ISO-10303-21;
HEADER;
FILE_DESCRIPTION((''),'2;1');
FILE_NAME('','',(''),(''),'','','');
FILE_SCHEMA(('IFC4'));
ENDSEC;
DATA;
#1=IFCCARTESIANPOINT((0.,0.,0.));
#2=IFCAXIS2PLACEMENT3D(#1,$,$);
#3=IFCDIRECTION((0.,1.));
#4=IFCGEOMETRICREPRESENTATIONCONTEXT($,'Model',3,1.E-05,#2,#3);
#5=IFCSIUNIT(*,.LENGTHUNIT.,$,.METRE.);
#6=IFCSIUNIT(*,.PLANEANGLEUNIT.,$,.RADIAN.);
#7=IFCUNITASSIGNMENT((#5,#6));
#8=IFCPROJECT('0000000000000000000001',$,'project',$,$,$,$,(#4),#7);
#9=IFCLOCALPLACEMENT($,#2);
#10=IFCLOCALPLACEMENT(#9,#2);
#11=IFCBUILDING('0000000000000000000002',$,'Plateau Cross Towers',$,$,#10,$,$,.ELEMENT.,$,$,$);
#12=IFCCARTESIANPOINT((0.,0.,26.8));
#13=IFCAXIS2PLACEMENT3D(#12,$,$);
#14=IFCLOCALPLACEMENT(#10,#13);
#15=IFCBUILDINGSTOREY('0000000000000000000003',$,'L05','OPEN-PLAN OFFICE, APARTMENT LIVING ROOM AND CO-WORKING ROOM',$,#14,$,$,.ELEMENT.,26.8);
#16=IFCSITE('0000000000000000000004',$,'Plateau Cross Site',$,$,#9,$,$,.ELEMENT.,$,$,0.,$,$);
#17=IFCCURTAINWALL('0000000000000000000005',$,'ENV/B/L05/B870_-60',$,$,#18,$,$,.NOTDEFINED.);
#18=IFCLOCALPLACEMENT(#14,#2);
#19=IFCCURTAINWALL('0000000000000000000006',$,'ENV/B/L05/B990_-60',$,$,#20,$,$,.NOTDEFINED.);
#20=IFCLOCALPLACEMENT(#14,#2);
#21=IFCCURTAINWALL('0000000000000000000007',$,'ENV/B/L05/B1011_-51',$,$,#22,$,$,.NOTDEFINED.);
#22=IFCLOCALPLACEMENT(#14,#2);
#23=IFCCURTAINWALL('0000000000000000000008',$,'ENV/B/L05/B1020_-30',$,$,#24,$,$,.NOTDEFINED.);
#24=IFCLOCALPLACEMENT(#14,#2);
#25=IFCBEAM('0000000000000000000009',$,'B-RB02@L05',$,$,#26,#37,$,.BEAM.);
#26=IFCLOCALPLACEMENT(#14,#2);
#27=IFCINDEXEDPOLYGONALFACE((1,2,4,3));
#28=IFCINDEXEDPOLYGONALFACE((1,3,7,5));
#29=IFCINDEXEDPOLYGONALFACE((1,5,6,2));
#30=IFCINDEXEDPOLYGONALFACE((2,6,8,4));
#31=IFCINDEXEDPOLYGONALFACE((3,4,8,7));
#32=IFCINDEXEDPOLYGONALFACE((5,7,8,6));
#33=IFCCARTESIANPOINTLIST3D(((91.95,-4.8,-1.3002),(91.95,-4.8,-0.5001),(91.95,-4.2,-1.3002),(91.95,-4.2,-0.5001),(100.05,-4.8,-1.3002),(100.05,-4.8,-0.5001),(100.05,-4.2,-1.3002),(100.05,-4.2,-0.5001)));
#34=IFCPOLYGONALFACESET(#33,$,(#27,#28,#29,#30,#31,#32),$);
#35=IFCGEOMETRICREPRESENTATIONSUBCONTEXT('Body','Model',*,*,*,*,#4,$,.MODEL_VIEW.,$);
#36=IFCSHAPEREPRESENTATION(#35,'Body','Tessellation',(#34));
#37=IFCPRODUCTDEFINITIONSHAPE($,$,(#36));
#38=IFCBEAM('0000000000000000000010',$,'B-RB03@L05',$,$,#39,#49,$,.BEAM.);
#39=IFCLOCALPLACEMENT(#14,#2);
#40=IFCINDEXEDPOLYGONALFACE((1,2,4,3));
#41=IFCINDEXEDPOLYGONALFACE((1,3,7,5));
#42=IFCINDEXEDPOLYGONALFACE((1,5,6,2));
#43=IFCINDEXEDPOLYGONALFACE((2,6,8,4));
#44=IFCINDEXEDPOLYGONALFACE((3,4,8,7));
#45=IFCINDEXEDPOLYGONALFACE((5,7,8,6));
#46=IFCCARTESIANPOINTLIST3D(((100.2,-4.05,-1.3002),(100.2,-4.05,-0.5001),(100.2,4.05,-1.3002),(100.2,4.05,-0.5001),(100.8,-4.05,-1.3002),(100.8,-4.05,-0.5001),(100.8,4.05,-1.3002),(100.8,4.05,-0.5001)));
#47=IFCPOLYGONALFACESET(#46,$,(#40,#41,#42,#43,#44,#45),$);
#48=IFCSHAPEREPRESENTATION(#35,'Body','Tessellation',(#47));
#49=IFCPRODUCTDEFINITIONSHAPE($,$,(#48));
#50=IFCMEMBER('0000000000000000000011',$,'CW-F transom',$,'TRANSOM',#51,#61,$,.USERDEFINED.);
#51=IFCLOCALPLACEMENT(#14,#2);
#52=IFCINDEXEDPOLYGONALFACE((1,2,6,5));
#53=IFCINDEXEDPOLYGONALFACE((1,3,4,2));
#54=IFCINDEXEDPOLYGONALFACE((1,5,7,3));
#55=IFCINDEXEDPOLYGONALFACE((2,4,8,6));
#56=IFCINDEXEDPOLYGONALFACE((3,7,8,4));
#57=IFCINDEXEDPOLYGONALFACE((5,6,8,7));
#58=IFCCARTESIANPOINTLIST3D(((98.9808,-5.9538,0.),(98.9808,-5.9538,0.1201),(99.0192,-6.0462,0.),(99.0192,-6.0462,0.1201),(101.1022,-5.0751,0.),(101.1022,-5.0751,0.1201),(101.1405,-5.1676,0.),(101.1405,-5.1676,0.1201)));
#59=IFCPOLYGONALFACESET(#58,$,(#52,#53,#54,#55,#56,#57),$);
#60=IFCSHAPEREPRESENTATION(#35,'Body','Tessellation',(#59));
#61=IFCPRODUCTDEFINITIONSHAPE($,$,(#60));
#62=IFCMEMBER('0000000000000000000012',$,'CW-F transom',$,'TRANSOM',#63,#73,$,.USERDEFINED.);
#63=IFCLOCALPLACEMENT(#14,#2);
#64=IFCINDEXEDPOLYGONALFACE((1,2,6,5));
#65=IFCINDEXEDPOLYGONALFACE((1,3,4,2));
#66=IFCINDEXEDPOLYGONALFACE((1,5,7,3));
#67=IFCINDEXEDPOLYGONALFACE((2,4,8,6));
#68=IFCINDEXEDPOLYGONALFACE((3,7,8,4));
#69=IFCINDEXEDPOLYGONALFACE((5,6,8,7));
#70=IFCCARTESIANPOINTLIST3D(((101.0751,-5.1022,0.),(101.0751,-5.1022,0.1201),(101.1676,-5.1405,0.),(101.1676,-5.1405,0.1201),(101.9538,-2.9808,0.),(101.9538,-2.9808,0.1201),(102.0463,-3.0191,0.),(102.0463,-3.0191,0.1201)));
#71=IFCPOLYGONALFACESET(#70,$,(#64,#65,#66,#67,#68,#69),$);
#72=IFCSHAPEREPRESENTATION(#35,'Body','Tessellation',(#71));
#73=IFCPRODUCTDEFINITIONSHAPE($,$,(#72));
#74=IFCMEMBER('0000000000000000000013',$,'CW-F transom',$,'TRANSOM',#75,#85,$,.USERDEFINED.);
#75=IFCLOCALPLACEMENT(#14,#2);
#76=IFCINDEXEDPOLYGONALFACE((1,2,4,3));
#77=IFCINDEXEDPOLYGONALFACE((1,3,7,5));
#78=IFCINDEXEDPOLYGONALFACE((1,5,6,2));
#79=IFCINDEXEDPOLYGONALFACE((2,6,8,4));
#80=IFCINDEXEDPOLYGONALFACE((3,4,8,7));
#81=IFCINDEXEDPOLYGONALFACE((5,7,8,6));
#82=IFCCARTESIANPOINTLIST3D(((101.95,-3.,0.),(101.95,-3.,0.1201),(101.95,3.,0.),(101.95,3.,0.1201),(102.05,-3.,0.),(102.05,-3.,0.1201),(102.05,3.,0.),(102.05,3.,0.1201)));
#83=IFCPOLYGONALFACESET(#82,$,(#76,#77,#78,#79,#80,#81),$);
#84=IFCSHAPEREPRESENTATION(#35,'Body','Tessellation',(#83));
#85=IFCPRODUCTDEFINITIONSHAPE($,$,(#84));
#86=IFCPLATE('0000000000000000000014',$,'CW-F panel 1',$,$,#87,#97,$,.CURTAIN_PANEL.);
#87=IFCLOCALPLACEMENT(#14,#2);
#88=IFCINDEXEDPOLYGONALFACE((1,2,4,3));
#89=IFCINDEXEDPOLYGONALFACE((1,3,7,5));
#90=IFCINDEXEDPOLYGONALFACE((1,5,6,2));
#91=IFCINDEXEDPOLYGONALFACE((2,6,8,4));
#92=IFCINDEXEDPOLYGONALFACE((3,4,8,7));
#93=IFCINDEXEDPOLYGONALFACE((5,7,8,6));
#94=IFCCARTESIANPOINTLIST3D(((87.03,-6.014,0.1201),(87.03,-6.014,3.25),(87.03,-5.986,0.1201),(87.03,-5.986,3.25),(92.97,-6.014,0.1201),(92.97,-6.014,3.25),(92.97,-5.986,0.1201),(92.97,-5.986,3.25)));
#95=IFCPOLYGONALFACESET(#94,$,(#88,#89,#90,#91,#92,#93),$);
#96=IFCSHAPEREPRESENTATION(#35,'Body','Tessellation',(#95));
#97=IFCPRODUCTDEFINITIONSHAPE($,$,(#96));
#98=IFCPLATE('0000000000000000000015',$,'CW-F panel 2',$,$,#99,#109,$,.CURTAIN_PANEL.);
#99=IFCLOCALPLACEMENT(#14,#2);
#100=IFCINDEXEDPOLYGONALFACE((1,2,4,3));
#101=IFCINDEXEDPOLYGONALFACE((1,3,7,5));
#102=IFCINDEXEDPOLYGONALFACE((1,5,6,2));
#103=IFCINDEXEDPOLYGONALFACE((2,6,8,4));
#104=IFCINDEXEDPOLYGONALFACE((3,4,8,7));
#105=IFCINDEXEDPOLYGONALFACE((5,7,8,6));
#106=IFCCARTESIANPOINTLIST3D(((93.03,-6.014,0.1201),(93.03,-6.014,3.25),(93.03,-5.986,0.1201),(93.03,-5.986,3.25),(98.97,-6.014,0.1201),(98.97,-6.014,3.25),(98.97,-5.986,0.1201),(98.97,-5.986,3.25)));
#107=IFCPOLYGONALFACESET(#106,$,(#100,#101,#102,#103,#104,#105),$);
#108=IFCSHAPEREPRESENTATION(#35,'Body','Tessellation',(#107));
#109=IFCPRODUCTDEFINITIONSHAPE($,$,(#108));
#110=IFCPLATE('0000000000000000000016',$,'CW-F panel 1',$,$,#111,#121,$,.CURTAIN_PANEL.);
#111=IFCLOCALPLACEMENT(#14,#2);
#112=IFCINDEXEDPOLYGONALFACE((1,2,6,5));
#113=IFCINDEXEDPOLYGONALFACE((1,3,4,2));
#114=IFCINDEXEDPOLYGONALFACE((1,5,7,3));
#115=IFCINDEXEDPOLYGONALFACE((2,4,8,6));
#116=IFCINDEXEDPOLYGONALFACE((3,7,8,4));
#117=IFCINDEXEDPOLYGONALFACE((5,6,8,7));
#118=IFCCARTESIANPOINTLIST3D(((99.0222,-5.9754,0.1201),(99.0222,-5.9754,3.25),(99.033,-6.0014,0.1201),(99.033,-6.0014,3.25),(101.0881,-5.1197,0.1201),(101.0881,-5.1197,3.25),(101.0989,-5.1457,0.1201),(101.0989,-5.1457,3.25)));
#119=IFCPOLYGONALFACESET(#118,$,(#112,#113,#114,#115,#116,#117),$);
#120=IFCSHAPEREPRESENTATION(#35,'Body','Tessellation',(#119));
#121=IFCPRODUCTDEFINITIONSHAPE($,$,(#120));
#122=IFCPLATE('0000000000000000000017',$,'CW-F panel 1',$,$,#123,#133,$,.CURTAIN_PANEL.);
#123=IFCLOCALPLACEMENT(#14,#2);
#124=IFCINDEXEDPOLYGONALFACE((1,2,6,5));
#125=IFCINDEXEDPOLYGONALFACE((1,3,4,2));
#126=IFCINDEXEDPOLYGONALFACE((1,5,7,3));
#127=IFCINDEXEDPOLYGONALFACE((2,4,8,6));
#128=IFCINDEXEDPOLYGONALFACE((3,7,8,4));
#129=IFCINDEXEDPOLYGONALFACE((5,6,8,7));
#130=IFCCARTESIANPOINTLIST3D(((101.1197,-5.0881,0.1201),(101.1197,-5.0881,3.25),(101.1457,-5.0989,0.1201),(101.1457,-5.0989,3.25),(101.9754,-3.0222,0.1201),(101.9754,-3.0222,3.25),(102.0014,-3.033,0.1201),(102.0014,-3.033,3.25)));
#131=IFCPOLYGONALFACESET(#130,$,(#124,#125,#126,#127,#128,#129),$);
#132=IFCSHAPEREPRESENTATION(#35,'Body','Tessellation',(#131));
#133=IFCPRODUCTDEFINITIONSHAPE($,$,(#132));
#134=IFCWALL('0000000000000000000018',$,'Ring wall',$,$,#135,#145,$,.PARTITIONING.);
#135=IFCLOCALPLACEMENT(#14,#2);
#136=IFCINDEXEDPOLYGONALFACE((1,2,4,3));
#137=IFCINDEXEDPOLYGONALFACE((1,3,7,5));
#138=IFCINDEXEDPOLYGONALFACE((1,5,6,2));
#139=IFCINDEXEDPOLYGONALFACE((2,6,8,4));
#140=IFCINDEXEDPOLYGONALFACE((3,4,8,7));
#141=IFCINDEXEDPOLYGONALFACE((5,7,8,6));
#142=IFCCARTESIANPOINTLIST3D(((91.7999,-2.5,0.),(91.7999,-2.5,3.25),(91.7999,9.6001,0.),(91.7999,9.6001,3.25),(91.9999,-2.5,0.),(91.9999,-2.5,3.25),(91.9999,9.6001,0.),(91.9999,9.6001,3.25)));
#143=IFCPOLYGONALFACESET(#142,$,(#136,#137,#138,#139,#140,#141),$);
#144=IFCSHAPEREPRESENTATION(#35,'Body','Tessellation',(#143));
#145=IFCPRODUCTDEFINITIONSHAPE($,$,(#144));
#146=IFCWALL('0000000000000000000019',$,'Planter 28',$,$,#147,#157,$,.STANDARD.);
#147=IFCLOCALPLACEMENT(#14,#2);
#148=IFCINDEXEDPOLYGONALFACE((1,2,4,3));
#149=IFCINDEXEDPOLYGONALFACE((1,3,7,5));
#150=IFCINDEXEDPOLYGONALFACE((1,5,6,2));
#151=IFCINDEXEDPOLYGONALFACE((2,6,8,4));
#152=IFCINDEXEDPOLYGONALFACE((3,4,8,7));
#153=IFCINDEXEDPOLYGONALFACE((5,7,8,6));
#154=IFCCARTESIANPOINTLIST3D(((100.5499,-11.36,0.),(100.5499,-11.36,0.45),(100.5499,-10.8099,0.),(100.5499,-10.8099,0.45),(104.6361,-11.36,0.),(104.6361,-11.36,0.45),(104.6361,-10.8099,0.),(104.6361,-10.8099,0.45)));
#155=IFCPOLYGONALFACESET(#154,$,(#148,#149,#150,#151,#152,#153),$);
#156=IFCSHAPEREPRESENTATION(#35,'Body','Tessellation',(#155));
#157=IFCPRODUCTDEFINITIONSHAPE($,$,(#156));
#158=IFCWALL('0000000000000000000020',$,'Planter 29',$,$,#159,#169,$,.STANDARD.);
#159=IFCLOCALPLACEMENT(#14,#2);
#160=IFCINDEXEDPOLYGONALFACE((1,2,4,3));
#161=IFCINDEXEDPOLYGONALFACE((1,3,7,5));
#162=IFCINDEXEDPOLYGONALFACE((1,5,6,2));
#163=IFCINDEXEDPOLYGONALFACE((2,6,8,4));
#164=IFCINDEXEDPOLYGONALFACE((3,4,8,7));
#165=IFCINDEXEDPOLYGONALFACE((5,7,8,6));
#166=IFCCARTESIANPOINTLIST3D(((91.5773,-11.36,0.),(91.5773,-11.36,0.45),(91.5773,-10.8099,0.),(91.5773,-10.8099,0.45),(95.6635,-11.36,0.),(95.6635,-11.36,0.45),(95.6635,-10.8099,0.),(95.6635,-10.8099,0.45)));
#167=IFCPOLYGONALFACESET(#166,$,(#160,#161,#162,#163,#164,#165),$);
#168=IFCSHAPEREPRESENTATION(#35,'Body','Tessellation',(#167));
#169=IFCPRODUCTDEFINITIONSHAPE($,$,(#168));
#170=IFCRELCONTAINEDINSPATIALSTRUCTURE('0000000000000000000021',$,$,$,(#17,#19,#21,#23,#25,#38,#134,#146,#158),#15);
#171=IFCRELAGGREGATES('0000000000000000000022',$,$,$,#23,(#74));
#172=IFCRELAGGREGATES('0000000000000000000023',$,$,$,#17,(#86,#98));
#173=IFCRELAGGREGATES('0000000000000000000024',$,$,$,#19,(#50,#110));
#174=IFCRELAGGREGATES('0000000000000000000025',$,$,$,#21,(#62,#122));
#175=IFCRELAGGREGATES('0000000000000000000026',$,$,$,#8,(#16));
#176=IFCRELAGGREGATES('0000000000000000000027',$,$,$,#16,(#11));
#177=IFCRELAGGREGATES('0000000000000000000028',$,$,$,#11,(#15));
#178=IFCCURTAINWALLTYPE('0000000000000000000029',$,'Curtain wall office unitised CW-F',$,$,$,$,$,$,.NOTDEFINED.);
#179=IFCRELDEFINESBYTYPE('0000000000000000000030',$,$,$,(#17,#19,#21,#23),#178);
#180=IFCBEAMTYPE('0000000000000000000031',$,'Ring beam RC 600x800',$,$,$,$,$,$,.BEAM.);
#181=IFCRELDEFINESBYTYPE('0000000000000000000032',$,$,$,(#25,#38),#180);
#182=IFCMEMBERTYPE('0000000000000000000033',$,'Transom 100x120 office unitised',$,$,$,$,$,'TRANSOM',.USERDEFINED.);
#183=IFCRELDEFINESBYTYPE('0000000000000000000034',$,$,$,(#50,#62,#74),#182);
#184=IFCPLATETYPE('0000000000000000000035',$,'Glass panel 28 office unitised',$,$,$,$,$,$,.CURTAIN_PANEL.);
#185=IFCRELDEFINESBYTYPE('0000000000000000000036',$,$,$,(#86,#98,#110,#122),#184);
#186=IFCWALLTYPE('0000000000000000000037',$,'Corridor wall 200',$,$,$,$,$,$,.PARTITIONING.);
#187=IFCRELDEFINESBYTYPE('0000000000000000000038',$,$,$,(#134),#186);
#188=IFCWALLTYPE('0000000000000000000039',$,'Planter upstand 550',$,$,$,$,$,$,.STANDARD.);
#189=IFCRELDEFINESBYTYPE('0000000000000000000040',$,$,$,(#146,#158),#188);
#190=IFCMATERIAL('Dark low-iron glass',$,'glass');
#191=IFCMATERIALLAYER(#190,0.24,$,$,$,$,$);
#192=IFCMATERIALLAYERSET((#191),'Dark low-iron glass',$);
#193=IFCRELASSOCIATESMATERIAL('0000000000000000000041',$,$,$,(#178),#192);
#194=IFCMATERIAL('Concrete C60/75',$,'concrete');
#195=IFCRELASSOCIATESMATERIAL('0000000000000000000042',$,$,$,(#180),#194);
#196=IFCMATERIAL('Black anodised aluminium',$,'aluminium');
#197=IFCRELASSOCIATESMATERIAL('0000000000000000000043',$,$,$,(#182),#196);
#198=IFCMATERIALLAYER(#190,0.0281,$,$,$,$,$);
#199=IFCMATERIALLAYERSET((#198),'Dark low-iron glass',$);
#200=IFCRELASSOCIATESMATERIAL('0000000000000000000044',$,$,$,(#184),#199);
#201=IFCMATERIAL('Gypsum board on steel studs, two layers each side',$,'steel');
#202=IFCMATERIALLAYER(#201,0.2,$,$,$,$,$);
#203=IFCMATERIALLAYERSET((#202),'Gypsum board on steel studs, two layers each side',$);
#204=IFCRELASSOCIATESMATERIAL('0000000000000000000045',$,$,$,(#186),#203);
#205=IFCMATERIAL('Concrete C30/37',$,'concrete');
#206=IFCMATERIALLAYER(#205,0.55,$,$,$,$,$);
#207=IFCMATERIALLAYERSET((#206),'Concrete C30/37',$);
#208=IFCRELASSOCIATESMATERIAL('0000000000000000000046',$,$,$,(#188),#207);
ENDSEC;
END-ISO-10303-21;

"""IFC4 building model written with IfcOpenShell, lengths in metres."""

from ifc_helpers import new_model, si_unit, direction, frame, frame_2d, origin, origin_2d, place, context, subcontext, project, spatial, rectangle, extrude, material, layer, layer_set, material_profile, profile_set, type_object, element, aggregate, save


model = new_model("IFC4")

# Units and contexts
model_context = context("Model", 3, precision=1e-05, world=origin(), true_north=direction((0.0, 1.0)))
body_context = subcontext(model_context, "Body", "Model", "MODEL_VIEW")
ifc_project = project(units=[si_unit("LENGTHUNIT", "METRE"), si_unit("PLANEANGLEUNIT", "RADIAN")], contexts=[model_context])

# Site, building, storey
site_placement = place(None, origin())
site = spatial("IfcSite", under=ifc_project, at=site_placement, Name="Plateau Cross Site", CompositionType="ELEMENT", RefElevation=0.0)
building_placement = place(site_placement, origin())
building = spatial("IfcBuilding", under=site, at=building_placement, Name="Plateau Cross Towers", CompositionType="ELEMENT")
storey_placement = place(building_placement, frame((0.0, 0.0, 26.8)))
storey = spatial("IfcBuildingStorey", under=building, at=storey_placement, Name="L05", Description="OPEN-PLAN OFFICE, APARTMENT LIVING ROOM AND CO-WORKING ROOM", CompositionType="ELEMENT", Elevation=26.8)

# Shared definitions
ifc_material_1 = material(Name="Concrete C60/75", Category="concrete")

# Curtain walls
ifc_material_2 = material(Name="Dark low-iron glass", Category="glass")
ifc_layer_1 = layer(ifc_material_2, 0.24)
ifc_layer_set_1 = layer_set([ifc_layer_1], Name="Dark low-iron glass")
curtain_wall_type = type_object("IfcCurtainWallType", Name="Curtain wall office unitised CW-F", PredefinedType="NOTDEFINED", material=ifc_layer_set_1)
curtain_wall_1_placement = place(storey_placement, origin())
curtain_wall_1 = element("IfcCurtainWall", 1, at=curtain_wall_1_placement, inside=storey, type_object=curtain_wall_type, Name="ENV/B/L05/B870_-60", PredefinedType="NOTDEFINED")
ifc_material_3 = material(Name="Black anodised aluminium", Category="aluminium")
curtain_wall_2_placement = place(storey_placement, origin())
curtain_wall_2 = element("IfcCurtainWall", 2, at=curtain_wall_2_placement, inside=storey, type_object=curtain_wall_type, Name="ENV/B/L05/B990_-60", PredefinedType="NOTDEFINED")
curtain_wall_3_placement = place(storey_placement, origin())
curtain_wall_3 = element("IfcCurtainWall", 3, at=curtain_wall_3_placement, inside=storey, type_object=curtain_wall_type, Name="ENV/B/L05/B1011_-51", PredefinedType="NOTDEFINED")
curtain_wall_4_placement = place(storey_placement, origin())
curtain_wall_4 = element("IfcCurtainWall", 4, at=curtain_wall_4_placement, inside=storey, type_object=curtain_wall_type, Name="ENV/B/L05/B1020_-30", PredefinedType="NOTDEFINED")

# Beams
ifc_material_profile_1 = material_profile(ifc_material_1, rectangle(XDim=0.6001, YDim=0.8, at=origin_2d()), Name="RC 600x800")
ifc_profile_set_1 = profile_set([ifc_material_profile_1], Name="Concrete C60/75")
beam_type = type_object("IfcBeamType", Name="Ring beam RC 600x800", PredefinedType="BEAM", material=ifc_profile_set_1)
for number, where, z_axis, x_axis, name in (
    (5, (91.95, -4.5, -0.9001), (1.0, 0.0, 0.0), (0.0, 1.0, 0.0), "B-RB02@L05"),
    (6, (100.5, -4.05, -0.9001), (0.0, 1.0, 0.0), (-1.0, 0.0, 0.0), "B-RB03@L05"),
):
    element("IfcBeam", number, at=place(storey_placement, frame(where, z_axis=z_axis, x_axis=x_axis)), inside=storey, type_object=beam_type, Name=name, PredefinedType="BEAM", context=body_context, shape_type="SweptSolid", body=[
        extrude(rectangle(XDim=0.6001, YDim=0.8, at=origin_2d()), origin(), (0.0, 0.0, 1.0), 8.1001),
    ])

# Members
ifc_material_profile_2 = material_profile(ifc_material_3, rectangle(XDim=0.1001, YDim=0.1201, at=origin_2d()), Name="TRANSOM 100x120")
ifc_profile_set_2 = profile_set([ifc_material_profile_2], Name="Black anodised aluminium")
member_type_1 = type_object("IfcMemberType", Name="Transom 100x120 office unitised", ElementType="TRANSOM", PredefinedType="USERDEFINED", material=ifc_profile_set_2)
member_1_placement = place(storey_placement, frame((99.0, -6.0, 0.0601), z_axis=(0.923883, 0.382674, 0.0), x_axis=(-0.382674, 0.923883, 0.0)))
member_1 = element("IfcMember", 7, at=member_1_placement, type_object=member_type_1, Name="CW-F transom", ObjectType="TRANSOM", PredefinedType="USERDEFINED", context=body_context, shape_type="SweptSolid", body=[
    extrude(rectangle(XDim=0.1001, YDim=0.1201, at=origin_2d()), origin(), (0.0, 0.0, 1.0), 2.2961),
])
member_2_placement = place(storey_placement, frame((101.1213, -5.1213, 0.0601), z_axis=(0.382674, 0.923883, 0.0), x_axis=(-0.923883, 0.382674, 0.0)))
member_2 = element("IfcMember", 8, at=member_2_placement, type_object=member_type_1, Name="CW-F transom", ObjectType="TRANSOM", PredefinedType="USERDEFINED", context=body_context, shape_type="SweptSolid", body=[
    extrude(rectangle(XDim=0.1001, YDim=0.1201, at=origin_2d()), origin(), (0.0, 0.0, 1.0), 2.2961),
])
member_3_placement = place(storey_placement, frame((102.0, -3.0, 0.0601), z_axis=(0.0, 1.0, 0.0), x_axis=(-1.0, 0.0, 0.0)))
member_3 = element("IfcMember", 9, at=member_3_placement, type_object=member_type_1, Name="CW-F transom", ObjectType="TRANSOM", PredefinedType="USERDEFINED", context=body_context, shape_type="SweptSolid", body=[
    extrude(rectangle(XDim=0.1001, YDim=0.1201, at=origin_2d()), origin(), (0.0, 0.0, 1.0), 6.0),
])
aggregate(curtain_wall_4, [member_3])

# Plates
ifc_layer_2 = layer(ifc_material_2, 0.0281)
ifc_layer_set_2 = layer_set([ifc_layer_2], Name="Dark low-iron glass")
plate_type = type_object("IfcPlateType", Name="Glass panel 28 office unitised", PredefinedType="CURTAIN_PANEL", material=ifc_layer_set_2)
plate_1_placement = place(storey_placement, frame((90.0, -6.0, 0.1201), z_axis=(0.0, 0.0, 1.0), x_axis=(1.0, 0.0, 0.0)))
plate_1 = element("IfcPlate", 10, at=plate_1_placement, type_object=plate_type, Name="CW-F panel 1", PredefinedType="CURTAIN_PANEL", context=body_context, shape_type="SweptSolid", body=[
    extrude(rectangle(XDim=5.9399, YDim=0.0281, at=origin_2d()), origin(), (0.0, 0.0, 1.0), 3.1299),
])
plate_2_placement = place(storey_placement, frame((96.0, -6.0, 0.1201), z_axis=(0.0, 0.0, 1.0), x_axis=(1.0, 0.0, 0.0)))
plate_2 = element("IfcPlate", 11, at=plate_2_placement, type_object=plate_type, Name="CW-F panel 2", PredefinedType="CURTAIN_PANEL", context=body_context, shape_type="SweptSolid", body=[
    extrude(rectangle(XDim=5.9399, YDim=0.0281, at=origin_2d()), origin(), (0.0, 0.0, 1.0), 3.1299),
])
aggregate(curtain_wall_1, [plate_1, plate_2])
plate_3_placement = place(storey_placement, frame((100.0605, -5.5605, 0.1201), z_axis=(0.0, 0.0, 1.0), x_axis=(0.923879, 0.382684, 0.0)))
plate_3 = element("IfcPlate", 12, at=plate_3_placement, type_object=plate_type, Name="CW-F panel 1", PredefinedType="CURTAIN_PANEL", context=body_context, shape_type="SweptSolid", body=[
    extrude(rectangle(XDim=2.2361, YDim=0.0281, at=origin_2d()), origin(), (0.0, 0.0, 1.0), 3.1299),
])
aggregate(curtain_wall_2, [member_1, plate_3])
plate_4_placement = place(storey_placement, frame((101.5605, -4.0605, 0.1201), z_axis=(0.0, 0.0, 1.0), x_axis=(0.382684, 0.923879, 0.0)))
plate_4 = element("IfcPlate", 13, at=plate_4_placement, type_object=plate_type, Name="CW-F panel 1", PredefinedType="CURTAIN_PANEL", context=body_context, shape_type="SweptSolid", body=[
    extrude(rectangle(XDim=2.2361, YDim=0.0281, at=origin_2d()), origin(), (0.0, 0.0, 1.0), 3.1299),
])
aggregate(curtain_wall_3, [member_2, plate_4])

# Wall
ifc_material_4 = material(Name="Gypsum board on steel studs, two layers each side", Category="steel")
ifc_layer_3 = layer(ifc_material_4, 0.2)
ifc_layer_set_3 = layer_set([ifc_layer_3], Name="Gypsum board on steel studs, two layers each side")
wall_type_1 = type_object("IfcWallType", Name="Corridor wall 200", PredefinedType="PARTITIONING", material=ifc_layer_set_3)
wall_1_placement = place(storey_placement, frame((91.8999, -2.5, 0.0), z_axis=(0.0, 0.0, 1.0), x_axis=(0.0, 1.0, 0.0)))
element("IfcWall", 14, at=wall_1_placement, inside=storey, type_object=wall_type_1, Name="Ring wall", PredefinedType="PARTITIONING", context=body_context, shape_type="SweptSolid", body=[
    extrude(rectangle(XDim=12.1001, YDim=0.2, at=frame_2d((6.05, 0.0))), origin(), (0.0, 0.0, 1.0), 3.25),
])

# Walls
ifc_material_5 = material(Name="Concrete C30/37", Category="concrete")
ifc_layer_4 = layer(ifc_material_5, 0.55)
ifc_layer_set_4 = layer_set([ifc_layer_4], Name="Concrete C30/37")
wall_type_2 = type_object("IfcWallType", Name="Planter upstand 550", PredefinedType="STANDARD", material=ifc_layer_set_4)
for number, where, z_axis, x_axis, name in (
    (15, (104.636, -11.085, 0.0), (0.0, 0.0, 1.0), (-1.0, 0.0, 0.0), "Planter 28"),
    (16, (95.6633, -11.085, 0.0), (0.0, 0.0, 1.0), (-1.0, 0.0, 0.0), "Planter 29"),
):
    element("IfcWall", number, at=place(storey_placement, frame(where, z_axis=z_axis, x_axis=x_axis)), inside=storey, type_object=wall_type_2, Name=name, PredefinedType="STANDARD", context=body_context, shape_type="SweptSolid", body=[
        extrude(rectangle(XDim=4.0862, YDim=0.55, at=frame_2d((2.043, 0.0))), origin(), (0.0, 0.0, 1.0), 0.45),
    ])

save(model, "model.ifc")
